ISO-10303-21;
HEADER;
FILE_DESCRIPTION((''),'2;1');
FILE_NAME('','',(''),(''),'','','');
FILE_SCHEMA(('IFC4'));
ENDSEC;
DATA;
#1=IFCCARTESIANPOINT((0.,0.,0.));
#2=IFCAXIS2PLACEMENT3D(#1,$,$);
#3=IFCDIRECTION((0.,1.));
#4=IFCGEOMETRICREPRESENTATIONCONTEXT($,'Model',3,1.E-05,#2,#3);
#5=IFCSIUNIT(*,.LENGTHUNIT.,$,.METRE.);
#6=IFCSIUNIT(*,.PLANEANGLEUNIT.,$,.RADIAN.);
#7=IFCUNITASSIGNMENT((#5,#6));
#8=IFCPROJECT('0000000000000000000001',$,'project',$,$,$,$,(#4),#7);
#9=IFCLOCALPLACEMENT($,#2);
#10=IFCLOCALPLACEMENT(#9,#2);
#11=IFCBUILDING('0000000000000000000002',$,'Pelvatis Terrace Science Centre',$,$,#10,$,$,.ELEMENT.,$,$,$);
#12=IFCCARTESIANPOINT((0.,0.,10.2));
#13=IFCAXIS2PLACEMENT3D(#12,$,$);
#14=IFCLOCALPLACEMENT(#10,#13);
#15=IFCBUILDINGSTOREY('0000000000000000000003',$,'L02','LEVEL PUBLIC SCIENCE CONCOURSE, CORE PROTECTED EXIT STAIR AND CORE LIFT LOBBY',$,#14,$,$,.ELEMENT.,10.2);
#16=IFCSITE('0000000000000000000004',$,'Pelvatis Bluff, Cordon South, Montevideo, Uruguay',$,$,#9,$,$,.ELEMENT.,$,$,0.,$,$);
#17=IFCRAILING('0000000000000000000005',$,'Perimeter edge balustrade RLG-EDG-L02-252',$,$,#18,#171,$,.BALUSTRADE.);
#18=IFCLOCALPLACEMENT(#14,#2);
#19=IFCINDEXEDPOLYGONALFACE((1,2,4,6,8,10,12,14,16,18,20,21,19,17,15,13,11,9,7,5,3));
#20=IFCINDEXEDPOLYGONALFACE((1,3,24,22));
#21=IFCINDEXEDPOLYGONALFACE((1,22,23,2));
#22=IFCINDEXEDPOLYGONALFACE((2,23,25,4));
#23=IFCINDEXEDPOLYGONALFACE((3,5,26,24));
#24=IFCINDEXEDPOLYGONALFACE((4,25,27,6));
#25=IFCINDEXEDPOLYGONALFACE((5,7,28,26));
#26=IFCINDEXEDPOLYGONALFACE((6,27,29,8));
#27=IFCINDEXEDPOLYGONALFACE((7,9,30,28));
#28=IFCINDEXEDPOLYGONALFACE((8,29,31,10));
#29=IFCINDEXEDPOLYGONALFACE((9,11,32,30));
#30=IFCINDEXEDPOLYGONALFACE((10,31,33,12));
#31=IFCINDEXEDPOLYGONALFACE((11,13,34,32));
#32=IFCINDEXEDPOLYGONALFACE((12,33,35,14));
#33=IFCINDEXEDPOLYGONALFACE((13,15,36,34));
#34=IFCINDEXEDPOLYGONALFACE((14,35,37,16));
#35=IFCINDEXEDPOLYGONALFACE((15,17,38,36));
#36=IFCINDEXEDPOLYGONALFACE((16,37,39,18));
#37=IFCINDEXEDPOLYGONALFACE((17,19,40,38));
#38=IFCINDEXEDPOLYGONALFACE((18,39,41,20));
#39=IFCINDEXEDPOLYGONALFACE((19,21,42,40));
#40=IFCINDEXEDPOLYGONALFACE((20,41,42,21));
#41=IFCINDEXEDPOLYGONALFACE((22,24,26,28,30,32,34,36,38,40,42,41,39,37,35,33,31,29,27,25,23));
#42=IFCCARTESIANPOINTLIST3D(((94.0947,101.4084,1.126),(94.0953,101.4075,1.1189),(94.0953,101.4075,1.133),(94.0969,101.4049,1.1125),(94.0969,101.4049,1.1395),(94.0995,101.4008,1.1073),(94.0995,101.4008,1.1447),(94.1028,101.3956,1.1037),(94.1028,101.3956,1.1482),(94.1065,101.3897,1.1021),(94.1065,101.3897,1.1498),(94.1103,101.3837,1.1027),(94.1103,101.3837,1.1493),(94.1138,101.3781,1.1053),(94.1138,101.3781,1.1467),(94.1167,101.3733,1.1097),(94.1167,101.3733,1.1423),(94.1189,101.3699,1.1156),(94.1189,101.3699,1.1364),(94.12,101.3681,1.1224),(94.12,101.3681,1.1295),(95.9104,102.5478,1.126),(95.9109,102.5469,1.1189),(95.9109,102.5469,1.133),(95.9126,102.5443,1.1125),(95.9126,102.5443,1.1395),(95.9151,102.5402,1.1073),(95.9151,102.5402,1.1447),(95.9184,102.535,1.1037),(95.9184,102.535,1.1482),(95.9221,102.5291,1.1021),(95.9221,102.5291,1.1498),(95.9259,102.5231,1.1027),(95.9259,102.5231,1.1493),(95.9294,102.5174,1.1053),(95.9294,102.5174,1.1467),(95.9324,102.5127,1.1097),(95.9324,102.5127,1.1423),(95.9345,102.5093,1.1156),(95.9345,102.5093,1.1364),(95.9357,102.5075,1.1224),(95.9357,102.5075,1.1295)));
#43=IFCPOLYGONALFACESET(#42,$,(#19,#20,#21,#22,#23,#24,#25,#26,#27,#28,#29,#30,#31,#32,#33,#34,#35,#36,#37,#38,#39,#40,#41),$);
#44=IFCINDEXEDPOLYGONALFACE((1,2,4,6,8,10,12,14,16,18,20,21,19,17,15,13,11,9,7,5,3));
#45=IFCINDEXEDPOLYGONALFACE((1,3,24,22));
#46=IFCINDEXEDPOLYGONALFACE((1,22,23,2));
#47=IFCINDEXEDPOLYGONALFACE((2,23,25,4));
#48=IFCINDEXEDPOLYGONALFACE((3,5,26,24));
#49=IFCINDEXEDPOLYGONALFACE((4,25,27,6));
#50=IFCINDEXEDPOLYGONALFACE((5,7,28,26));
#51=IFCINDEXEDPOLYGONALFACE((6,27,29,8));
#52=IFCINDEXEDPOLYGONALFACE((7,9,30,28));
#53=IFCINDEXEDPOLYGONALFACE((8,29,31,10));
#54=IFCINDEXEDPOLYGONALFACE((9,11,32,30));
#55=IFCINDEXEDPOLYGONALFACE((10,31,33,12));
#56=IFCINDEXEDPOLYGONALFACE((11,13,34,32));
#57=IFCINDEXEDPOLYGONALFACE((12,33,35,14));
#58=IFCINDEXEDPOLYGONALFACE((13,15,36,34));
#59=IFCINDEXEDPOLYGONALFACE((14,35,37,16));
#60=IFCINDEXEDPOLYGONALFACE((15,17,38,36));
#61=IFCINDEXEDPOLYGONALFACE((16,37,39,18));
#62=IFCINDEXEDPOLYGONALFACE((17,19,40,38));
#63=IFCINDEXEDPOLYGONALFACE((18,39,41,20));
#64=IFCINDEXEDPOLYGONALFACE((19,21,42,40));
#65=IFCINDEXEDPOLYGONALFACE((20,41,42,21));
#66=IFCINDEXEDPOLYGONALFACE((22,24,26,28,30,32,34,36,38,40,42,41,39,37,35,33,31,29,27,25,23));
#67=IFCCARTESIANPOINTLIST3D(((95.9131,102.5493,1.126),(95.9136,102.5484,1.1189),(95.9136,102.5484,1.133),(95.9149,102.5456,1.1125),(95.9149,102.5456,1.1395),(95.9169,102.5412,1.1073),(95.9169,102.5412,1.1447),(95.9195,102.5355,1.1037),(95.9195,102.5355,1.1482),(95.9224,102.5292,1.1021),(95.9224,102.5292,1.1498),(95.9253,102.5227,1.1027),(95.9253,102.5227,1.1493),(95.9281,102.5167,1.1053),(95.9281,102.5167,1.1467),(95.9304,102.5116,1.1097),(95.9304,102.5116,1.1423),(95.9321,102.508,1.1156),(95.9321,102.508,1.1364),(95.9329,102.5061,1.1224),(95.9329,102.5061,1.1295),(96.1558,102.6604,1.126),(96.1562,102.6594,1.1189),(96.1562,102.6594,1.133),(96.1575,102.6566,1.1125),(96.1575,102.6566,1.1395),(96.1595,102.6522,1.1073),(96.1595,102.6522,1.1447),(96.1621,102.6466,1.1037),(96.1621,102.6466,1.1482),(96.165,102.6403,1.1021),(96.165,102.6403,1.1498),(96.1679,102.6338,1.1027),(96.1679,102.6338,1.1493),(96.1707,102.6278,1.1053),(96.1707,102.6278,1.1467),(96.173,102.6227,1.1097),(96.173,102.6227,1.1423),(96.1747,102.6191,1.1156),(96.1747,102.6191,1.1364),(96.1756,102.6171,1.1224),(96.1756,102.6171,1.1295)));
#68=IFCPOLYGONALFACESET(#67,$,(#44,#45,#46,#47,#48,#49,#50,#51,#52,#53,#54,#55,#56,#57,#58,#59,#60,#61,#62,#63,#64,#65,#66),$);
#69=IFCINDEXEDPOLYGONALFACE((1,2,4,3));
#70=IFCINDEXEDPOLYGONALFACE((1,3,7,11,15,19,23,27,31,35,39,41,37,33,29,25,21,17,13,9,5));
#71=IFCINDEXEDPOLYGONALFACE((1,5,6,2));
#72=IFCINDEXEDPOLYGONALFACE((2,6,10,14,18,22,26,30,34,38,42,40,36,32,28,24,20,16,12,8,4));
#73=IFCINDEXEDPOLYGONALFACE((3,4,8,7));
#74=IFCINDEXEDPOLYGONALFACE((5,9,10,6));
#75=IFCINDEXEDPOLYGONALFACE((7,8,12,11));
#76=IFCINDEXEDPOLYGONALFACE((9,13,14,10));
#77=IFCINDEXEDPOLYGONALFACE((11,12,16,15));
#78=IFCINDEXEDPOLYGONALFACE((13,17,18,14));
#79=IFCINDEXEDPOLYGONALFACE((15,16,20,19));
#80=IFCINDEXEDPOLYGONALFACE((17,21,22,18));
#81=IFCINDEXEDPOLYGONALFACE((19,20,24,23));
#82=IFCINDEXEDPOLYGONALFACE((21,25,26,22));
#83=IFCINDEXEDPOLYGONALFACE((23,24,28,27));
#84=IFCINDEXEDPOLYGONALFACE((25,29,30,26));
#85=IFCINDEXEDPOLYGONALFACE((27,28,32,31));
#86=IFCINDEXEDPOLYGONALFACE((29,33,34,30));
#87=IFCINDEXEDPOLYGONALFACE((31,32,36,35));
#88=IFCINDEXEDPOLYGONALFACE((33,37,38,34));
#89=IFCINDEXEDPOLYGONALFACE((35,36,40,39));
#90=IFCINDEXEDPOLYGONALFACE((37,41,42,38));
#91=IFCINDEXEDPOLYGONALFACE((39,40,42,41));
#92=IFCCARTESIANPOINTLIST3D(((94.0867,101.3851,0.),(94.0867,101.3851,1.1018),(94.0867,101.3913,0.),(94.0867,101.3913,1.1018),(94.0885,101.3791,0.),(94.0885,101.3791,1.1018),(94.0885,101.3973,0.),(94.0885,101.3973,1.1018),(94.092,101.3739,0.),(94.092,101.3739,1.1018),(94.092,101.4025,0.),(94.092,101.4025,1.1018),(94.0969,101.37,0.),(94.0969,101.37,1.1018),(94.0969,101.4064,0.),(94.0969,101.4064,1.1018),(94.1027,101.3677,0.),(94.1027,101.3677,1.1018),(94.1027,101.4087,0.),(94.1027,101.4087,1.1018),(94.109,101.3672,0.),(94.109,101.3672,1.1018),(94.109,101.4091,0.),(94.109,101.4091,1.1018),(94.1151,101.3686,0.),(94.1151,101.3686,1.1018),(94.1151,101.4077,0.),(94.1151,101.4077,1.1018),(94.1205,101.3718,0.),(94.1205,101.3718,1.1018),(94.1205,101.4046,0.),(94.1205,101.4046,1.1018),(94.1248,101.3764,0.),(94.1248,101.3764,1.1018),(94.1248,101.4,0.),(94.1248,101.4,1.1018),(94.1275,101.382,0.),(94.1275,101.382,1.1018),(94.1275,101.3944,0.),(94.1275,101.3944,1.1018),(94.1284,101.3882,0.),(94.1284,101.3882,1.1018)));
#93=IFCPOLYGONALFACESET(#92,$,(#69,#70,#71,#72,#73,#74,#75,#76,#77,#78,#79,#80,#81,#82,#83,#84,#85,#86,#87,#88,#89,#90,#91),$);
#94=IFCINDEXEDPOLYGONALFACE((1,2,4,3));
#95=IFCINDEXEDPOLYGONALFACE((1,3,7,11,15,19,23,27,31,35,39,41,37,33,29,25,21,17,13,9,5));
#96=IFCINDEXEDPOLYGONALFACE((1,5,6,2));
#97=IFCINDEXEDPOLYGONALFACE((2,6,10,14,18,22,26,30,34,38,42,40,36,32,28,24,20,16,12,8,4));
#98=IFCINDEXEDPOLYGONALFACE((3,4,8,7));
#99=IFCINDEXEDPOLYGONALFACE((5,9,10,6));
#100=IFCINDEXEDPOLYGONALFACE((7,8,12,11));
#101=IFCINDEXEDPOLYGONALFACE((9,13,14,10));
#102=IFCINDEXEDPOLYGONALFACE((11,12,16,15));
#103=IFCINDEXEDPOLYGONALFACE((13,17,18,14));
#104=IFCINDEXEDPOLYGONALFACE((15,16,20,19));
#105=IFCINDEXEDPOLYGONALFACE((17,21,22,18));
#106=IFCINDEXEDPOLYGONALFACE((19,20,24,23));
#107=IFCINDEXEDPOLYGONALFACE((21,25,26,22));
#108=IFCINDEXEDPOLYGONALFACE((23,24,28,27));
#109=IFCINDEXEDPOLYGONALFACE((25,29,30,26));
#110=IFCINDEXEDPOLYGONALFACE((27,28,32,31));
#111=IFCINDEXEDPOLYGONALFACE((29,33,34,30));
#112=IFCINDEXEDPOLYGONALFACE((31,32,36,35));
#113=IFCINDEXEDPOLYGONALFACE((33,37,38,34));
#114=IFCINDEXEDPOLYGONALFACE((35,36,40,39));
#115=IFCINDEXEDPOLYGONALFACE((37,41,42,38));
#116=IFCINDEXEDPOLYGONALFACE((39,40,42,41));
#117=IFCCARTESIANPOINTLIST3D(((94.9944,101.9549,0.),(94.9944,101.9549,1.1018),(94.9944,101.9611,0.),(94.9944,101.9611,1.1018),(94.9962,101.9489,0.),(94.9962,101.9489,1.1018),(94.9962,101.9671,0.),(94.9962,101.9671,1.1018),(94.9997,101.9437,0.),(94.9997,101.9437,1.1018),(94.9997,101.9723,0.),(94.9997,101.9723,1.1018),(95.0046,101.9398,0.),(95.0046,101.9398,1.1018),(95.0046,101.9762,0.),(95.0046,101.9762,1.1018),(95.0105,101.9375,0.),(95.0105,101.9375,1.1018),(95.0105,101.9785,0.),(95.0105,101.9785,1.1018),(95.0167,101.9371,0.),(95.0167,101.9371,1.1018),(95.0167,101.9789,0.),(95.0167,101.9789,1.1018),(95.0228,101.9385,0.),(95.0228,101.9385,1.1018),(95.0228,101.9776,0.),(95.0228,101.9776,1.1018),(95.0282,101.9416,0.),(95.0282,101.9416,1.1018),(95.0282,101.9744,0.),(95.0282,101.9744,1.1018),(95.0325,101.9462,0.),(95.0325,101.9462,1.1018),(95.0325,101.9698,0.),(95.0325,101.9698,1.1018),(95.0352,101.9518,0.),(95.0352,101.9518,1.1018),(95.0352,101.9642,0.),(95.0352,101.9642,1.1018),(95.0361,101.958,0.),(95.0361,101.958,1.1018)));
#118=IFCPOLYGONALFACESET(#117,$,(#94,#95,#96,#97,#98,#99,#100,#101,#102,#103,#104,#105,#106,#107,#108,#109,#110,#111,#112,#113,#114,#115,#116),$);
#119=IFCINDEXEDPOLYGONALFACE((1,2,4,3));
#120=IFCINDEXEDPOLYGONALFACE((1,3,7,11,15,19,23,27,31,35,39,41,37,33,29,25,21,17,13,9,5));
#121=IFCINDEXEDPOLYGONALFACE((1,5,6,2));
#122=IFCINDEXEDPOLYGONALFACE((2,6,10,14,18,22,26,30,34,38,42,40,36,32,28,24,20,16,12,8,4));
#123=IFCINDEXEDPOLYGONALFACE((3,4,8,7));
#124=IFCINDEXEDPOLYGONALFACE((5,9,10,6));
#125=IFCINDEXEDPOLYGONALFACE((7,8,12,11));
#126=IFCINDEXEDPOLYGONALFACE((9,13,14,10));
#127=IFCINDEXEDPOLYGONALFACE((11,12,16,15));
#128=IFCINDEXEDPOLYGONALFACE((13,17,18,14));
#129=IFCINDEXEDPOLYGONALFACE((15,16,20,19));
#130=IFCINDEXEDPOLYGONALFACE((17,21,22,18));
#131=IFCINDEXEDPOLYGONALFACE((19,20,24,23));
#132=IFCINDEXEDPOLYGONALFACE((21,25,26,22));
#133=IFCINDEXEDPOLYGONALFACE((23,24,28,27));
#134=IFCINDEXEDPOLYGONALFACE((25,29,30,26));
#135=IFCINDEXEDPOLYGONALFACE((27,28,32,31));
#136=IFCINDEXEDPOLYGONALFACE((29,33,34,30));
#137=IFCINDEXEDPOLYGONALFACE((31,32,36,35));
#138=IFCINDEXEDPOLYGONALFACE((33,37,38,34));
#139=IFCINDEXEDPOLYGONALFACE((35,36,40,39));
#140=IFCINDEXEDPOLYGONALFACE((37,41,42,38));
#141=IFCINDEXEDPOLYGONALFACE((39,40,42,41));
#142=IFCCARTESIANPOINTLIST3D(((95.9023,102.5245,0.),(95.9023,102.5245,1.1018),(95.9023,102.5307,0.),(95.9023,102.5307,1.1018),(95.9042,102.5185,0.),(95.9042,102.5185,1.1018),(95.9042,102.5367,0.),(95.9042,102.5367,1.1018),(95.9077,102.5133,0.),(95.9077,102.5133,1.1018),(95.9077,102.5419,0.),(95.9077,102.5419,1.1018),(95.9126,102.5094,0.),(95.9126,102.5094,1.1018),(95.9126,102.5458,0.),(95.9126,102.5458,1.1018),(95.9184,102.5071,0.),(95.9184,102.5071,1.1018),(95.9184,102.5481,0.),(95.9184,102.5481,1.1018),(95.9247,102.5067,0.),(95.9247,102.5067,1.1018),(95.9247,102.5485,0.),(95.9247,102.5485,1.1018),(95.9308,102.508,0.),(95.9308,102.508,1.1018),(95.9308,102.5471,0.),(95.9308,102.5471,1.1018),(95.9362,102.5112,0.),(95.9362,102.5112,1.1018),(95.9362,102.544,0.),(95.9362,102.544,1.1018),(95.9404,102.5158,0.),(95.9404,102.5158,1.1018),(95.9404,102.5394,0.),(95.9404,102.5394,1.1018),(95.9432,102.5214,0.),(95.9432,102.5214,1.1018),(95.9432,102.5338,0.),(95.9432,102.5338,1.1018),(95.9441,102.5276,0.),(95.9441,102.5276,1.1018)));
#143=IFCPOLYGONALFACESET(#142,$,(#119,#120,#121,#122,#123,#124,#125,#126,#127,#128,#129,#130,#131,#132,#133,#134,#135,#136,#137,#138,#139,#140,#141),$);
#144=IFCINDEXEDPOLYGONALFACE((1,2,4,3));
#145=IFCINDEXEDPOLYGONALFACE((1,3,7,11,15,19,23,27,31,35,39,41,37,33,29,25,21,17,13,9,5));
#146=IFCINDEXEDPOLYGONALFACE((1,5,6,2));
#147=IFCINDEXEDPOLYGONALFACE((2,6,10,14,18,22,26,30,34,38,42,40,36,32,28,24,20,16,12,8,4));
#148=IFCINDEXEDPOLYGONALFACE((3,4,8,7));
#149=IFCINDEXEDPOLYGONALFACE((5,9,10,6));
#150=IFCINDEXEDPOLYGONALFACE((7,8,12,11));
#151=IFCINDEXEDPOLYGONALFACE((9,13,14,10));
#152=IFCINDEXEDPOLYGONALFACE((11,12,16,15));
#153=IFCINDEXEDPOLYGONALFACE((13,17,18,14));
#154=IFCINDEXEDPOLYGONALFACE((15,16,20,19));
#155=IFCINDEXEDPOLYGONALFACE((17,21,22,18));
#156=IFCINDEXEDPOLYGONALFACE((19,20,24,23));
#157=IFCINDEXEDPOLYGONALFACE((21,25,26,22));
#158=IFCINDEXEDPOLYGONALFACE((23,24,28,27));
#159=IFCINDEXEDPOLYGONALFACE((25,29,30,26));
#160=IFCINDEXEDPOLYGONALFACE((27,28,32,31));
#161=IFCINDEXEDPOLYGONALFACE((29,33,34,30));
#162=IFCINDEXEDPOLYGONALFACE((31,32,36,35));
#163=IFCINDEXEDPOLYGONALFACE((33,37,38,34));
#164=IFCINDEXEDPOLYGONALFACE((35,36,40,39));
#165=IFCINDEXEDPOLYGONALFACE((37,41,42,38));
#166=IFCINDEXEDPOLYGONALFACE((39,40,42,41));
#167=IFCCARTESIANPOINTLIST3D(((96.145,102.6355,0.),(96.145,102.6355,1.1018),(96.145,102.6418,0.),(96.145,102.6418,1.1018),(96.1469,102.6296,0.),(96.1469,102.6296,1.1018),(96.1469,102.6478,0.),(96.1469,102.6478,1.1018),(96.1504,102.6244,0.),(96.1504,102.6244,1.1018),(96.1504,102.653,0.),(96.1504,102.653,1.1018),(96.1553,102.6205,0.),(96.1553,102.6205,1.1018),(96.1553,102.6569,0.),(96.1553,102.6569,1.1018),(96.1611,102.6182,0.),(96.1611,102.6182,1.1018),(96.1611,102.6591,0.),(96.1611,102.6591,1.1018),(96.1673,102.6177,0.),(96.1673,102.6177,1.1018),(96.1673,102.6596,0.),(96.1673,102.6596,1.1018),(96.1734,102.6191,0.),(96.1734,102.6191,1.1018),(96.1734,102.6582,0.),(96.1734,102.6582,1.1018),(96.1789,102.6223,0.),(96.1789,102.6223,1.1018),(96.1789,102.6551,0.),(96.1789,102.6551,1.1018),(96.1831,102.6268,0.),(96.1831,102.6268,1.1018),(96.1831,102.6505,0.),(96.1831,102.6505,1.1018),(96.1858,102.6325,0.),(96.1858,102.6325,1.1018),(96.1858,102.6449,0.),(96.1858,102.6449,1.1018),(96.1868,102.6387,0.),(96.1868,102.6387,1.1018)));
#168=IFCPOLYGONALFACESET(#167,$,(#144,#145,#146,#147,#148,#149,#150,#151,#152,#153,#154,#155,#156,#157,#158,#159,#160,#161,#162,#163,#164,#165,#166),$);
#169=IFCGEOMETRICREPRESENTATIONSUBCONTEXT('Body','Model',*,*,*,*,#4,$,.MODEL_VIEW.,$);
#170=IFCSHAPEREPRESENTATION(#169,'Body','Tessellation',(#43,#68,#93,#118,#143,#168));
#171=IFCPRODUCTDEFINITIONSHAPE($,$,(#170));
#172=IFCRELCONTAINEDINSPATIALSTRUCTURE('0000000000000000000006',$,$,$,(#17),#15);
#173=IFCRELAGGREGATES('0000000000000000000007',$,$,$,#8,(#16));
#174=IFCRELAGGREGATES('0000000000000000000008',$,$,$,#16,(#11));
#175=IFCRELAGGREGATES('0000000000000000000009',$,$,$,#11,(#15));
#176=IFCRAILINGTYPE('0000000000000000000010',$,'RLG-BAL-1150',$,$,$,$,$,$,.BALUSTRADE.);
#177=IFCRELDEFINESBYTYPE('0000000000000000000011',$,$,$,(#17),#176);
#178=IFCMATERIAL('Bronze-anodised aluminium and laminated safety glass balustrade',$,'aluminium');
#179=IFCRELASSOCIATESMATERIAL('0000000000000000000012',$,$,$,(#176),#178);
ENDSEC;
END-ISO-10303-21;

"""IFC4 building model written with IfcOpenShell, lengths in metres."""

from ifc_helpers import new_model, si_unit, direction, frame, origin, origin_2d, place, context, subcontext, project, spatial, circle, extrude, material, type_object, element, save


model = new_model("IFC4")

# Units and contexts
model_context = context("Model", 3, precision=1e-05, world=origin(), true_north=direction((0.0, 1.0)))
body_context = subcontext(model_context, "Body", "Model", "MODEL_VIEW")
ifc_project = project(units=[si_unit("LENGTHUNIT", "METRE"), si_unit("PLANEANGLEUNIT", "RADIAN")], contexts=[model_context])

# Site, building, storey
site_placement = place(None, origin())
site = spatial("IfcSite", under=ifc_project, at=site_placement, Name="Pelvatis Bluff, Cordon South, Montevideo, Uruguay", CompositionType="ELEMENT", RefElevation=0.0)
building_placement = place(site_placement, origin())
building = spatial("IfcBuilding", under=site, at=building_placement, Name="Pelvatis Terrace Science Centre", CompositionType="ELEMENT")
storey_placement = place(building_placement, frame((0.0, 0.0, 10.2)))
storey = spatial("IfcBuildingStorey", under=building, at=storey_placement, Name="L02", Description="LEVEL PUBLIC SCIENCE CONCOURSE, CORE PROTECTED EXIT STAIR AND CORE LIFT LOBBY", CompositionType="ELEMENT", Elevation=10.2)

# Railing
ifc_material_1 = material(Name="Bronze-anodised aluminium and laminated safety glass balustrade", Category="aluminium")
railing_type = type_object("IfcRailingType", Name="RLG-BAL-1150", PredefinedType="BALUSTRADE", material=ifc_material_1)
railing_1_placement = place(storey_placement, frame((94.1074, 101.3882, 0.0)))
element("IfcRailing", 1, at=railing_1_placement, inside=storey, type_object=railing_type, Name="Perimeter edge balustrade RLG-EDG-L02-252", PredefinedType="BALUSTRADE", context=body_context, shape_type="SweptSolid", body=[
    extrude(circle(Radius=0.0239, at=origin_2d()), frame((0.0, 0.0, 1.126), z_axis=(0.847031, 0.531544, 0.0), x_axis=(-0.531544, 0.847031, 0.0)), (0.0, 0.0, 1.0), 2.1436),
    extrude(circle(Radius=0.0239, at=origin_2d()), frame((1.8157, 1.1394, 1.126), z_axis=(0.909267, 0.416214, 0.0), x_axis=(-0.416214, 0.909267, 0.0)), (0.0, 0.0, 1.0), 0.2668),
    extrude(circle(Radius=0.021, at=origin_2d()), origin(), (0.0, 0.0, 1.0), 1.1018),
    extrude(circle(Radius=0.021, at=origin_2d()), frame((0.9077, 0.5698, 0.0)), (0.0, 0.0, 1.0), 1.1018),
    extrude(circle(Radius=0.021, at=origin_2d()), frame((1.8157, 1.1394, 0.0)), (0.0, 0.0, 1.0), 1.1018),
    extrude(circle(Radius=0.021, at=origin_2d()), frame((2.0583, 1.2505, 0.0)), (0.0, 0.0, 1.0), 1.1018),
])

save(model, "model.ifc")
